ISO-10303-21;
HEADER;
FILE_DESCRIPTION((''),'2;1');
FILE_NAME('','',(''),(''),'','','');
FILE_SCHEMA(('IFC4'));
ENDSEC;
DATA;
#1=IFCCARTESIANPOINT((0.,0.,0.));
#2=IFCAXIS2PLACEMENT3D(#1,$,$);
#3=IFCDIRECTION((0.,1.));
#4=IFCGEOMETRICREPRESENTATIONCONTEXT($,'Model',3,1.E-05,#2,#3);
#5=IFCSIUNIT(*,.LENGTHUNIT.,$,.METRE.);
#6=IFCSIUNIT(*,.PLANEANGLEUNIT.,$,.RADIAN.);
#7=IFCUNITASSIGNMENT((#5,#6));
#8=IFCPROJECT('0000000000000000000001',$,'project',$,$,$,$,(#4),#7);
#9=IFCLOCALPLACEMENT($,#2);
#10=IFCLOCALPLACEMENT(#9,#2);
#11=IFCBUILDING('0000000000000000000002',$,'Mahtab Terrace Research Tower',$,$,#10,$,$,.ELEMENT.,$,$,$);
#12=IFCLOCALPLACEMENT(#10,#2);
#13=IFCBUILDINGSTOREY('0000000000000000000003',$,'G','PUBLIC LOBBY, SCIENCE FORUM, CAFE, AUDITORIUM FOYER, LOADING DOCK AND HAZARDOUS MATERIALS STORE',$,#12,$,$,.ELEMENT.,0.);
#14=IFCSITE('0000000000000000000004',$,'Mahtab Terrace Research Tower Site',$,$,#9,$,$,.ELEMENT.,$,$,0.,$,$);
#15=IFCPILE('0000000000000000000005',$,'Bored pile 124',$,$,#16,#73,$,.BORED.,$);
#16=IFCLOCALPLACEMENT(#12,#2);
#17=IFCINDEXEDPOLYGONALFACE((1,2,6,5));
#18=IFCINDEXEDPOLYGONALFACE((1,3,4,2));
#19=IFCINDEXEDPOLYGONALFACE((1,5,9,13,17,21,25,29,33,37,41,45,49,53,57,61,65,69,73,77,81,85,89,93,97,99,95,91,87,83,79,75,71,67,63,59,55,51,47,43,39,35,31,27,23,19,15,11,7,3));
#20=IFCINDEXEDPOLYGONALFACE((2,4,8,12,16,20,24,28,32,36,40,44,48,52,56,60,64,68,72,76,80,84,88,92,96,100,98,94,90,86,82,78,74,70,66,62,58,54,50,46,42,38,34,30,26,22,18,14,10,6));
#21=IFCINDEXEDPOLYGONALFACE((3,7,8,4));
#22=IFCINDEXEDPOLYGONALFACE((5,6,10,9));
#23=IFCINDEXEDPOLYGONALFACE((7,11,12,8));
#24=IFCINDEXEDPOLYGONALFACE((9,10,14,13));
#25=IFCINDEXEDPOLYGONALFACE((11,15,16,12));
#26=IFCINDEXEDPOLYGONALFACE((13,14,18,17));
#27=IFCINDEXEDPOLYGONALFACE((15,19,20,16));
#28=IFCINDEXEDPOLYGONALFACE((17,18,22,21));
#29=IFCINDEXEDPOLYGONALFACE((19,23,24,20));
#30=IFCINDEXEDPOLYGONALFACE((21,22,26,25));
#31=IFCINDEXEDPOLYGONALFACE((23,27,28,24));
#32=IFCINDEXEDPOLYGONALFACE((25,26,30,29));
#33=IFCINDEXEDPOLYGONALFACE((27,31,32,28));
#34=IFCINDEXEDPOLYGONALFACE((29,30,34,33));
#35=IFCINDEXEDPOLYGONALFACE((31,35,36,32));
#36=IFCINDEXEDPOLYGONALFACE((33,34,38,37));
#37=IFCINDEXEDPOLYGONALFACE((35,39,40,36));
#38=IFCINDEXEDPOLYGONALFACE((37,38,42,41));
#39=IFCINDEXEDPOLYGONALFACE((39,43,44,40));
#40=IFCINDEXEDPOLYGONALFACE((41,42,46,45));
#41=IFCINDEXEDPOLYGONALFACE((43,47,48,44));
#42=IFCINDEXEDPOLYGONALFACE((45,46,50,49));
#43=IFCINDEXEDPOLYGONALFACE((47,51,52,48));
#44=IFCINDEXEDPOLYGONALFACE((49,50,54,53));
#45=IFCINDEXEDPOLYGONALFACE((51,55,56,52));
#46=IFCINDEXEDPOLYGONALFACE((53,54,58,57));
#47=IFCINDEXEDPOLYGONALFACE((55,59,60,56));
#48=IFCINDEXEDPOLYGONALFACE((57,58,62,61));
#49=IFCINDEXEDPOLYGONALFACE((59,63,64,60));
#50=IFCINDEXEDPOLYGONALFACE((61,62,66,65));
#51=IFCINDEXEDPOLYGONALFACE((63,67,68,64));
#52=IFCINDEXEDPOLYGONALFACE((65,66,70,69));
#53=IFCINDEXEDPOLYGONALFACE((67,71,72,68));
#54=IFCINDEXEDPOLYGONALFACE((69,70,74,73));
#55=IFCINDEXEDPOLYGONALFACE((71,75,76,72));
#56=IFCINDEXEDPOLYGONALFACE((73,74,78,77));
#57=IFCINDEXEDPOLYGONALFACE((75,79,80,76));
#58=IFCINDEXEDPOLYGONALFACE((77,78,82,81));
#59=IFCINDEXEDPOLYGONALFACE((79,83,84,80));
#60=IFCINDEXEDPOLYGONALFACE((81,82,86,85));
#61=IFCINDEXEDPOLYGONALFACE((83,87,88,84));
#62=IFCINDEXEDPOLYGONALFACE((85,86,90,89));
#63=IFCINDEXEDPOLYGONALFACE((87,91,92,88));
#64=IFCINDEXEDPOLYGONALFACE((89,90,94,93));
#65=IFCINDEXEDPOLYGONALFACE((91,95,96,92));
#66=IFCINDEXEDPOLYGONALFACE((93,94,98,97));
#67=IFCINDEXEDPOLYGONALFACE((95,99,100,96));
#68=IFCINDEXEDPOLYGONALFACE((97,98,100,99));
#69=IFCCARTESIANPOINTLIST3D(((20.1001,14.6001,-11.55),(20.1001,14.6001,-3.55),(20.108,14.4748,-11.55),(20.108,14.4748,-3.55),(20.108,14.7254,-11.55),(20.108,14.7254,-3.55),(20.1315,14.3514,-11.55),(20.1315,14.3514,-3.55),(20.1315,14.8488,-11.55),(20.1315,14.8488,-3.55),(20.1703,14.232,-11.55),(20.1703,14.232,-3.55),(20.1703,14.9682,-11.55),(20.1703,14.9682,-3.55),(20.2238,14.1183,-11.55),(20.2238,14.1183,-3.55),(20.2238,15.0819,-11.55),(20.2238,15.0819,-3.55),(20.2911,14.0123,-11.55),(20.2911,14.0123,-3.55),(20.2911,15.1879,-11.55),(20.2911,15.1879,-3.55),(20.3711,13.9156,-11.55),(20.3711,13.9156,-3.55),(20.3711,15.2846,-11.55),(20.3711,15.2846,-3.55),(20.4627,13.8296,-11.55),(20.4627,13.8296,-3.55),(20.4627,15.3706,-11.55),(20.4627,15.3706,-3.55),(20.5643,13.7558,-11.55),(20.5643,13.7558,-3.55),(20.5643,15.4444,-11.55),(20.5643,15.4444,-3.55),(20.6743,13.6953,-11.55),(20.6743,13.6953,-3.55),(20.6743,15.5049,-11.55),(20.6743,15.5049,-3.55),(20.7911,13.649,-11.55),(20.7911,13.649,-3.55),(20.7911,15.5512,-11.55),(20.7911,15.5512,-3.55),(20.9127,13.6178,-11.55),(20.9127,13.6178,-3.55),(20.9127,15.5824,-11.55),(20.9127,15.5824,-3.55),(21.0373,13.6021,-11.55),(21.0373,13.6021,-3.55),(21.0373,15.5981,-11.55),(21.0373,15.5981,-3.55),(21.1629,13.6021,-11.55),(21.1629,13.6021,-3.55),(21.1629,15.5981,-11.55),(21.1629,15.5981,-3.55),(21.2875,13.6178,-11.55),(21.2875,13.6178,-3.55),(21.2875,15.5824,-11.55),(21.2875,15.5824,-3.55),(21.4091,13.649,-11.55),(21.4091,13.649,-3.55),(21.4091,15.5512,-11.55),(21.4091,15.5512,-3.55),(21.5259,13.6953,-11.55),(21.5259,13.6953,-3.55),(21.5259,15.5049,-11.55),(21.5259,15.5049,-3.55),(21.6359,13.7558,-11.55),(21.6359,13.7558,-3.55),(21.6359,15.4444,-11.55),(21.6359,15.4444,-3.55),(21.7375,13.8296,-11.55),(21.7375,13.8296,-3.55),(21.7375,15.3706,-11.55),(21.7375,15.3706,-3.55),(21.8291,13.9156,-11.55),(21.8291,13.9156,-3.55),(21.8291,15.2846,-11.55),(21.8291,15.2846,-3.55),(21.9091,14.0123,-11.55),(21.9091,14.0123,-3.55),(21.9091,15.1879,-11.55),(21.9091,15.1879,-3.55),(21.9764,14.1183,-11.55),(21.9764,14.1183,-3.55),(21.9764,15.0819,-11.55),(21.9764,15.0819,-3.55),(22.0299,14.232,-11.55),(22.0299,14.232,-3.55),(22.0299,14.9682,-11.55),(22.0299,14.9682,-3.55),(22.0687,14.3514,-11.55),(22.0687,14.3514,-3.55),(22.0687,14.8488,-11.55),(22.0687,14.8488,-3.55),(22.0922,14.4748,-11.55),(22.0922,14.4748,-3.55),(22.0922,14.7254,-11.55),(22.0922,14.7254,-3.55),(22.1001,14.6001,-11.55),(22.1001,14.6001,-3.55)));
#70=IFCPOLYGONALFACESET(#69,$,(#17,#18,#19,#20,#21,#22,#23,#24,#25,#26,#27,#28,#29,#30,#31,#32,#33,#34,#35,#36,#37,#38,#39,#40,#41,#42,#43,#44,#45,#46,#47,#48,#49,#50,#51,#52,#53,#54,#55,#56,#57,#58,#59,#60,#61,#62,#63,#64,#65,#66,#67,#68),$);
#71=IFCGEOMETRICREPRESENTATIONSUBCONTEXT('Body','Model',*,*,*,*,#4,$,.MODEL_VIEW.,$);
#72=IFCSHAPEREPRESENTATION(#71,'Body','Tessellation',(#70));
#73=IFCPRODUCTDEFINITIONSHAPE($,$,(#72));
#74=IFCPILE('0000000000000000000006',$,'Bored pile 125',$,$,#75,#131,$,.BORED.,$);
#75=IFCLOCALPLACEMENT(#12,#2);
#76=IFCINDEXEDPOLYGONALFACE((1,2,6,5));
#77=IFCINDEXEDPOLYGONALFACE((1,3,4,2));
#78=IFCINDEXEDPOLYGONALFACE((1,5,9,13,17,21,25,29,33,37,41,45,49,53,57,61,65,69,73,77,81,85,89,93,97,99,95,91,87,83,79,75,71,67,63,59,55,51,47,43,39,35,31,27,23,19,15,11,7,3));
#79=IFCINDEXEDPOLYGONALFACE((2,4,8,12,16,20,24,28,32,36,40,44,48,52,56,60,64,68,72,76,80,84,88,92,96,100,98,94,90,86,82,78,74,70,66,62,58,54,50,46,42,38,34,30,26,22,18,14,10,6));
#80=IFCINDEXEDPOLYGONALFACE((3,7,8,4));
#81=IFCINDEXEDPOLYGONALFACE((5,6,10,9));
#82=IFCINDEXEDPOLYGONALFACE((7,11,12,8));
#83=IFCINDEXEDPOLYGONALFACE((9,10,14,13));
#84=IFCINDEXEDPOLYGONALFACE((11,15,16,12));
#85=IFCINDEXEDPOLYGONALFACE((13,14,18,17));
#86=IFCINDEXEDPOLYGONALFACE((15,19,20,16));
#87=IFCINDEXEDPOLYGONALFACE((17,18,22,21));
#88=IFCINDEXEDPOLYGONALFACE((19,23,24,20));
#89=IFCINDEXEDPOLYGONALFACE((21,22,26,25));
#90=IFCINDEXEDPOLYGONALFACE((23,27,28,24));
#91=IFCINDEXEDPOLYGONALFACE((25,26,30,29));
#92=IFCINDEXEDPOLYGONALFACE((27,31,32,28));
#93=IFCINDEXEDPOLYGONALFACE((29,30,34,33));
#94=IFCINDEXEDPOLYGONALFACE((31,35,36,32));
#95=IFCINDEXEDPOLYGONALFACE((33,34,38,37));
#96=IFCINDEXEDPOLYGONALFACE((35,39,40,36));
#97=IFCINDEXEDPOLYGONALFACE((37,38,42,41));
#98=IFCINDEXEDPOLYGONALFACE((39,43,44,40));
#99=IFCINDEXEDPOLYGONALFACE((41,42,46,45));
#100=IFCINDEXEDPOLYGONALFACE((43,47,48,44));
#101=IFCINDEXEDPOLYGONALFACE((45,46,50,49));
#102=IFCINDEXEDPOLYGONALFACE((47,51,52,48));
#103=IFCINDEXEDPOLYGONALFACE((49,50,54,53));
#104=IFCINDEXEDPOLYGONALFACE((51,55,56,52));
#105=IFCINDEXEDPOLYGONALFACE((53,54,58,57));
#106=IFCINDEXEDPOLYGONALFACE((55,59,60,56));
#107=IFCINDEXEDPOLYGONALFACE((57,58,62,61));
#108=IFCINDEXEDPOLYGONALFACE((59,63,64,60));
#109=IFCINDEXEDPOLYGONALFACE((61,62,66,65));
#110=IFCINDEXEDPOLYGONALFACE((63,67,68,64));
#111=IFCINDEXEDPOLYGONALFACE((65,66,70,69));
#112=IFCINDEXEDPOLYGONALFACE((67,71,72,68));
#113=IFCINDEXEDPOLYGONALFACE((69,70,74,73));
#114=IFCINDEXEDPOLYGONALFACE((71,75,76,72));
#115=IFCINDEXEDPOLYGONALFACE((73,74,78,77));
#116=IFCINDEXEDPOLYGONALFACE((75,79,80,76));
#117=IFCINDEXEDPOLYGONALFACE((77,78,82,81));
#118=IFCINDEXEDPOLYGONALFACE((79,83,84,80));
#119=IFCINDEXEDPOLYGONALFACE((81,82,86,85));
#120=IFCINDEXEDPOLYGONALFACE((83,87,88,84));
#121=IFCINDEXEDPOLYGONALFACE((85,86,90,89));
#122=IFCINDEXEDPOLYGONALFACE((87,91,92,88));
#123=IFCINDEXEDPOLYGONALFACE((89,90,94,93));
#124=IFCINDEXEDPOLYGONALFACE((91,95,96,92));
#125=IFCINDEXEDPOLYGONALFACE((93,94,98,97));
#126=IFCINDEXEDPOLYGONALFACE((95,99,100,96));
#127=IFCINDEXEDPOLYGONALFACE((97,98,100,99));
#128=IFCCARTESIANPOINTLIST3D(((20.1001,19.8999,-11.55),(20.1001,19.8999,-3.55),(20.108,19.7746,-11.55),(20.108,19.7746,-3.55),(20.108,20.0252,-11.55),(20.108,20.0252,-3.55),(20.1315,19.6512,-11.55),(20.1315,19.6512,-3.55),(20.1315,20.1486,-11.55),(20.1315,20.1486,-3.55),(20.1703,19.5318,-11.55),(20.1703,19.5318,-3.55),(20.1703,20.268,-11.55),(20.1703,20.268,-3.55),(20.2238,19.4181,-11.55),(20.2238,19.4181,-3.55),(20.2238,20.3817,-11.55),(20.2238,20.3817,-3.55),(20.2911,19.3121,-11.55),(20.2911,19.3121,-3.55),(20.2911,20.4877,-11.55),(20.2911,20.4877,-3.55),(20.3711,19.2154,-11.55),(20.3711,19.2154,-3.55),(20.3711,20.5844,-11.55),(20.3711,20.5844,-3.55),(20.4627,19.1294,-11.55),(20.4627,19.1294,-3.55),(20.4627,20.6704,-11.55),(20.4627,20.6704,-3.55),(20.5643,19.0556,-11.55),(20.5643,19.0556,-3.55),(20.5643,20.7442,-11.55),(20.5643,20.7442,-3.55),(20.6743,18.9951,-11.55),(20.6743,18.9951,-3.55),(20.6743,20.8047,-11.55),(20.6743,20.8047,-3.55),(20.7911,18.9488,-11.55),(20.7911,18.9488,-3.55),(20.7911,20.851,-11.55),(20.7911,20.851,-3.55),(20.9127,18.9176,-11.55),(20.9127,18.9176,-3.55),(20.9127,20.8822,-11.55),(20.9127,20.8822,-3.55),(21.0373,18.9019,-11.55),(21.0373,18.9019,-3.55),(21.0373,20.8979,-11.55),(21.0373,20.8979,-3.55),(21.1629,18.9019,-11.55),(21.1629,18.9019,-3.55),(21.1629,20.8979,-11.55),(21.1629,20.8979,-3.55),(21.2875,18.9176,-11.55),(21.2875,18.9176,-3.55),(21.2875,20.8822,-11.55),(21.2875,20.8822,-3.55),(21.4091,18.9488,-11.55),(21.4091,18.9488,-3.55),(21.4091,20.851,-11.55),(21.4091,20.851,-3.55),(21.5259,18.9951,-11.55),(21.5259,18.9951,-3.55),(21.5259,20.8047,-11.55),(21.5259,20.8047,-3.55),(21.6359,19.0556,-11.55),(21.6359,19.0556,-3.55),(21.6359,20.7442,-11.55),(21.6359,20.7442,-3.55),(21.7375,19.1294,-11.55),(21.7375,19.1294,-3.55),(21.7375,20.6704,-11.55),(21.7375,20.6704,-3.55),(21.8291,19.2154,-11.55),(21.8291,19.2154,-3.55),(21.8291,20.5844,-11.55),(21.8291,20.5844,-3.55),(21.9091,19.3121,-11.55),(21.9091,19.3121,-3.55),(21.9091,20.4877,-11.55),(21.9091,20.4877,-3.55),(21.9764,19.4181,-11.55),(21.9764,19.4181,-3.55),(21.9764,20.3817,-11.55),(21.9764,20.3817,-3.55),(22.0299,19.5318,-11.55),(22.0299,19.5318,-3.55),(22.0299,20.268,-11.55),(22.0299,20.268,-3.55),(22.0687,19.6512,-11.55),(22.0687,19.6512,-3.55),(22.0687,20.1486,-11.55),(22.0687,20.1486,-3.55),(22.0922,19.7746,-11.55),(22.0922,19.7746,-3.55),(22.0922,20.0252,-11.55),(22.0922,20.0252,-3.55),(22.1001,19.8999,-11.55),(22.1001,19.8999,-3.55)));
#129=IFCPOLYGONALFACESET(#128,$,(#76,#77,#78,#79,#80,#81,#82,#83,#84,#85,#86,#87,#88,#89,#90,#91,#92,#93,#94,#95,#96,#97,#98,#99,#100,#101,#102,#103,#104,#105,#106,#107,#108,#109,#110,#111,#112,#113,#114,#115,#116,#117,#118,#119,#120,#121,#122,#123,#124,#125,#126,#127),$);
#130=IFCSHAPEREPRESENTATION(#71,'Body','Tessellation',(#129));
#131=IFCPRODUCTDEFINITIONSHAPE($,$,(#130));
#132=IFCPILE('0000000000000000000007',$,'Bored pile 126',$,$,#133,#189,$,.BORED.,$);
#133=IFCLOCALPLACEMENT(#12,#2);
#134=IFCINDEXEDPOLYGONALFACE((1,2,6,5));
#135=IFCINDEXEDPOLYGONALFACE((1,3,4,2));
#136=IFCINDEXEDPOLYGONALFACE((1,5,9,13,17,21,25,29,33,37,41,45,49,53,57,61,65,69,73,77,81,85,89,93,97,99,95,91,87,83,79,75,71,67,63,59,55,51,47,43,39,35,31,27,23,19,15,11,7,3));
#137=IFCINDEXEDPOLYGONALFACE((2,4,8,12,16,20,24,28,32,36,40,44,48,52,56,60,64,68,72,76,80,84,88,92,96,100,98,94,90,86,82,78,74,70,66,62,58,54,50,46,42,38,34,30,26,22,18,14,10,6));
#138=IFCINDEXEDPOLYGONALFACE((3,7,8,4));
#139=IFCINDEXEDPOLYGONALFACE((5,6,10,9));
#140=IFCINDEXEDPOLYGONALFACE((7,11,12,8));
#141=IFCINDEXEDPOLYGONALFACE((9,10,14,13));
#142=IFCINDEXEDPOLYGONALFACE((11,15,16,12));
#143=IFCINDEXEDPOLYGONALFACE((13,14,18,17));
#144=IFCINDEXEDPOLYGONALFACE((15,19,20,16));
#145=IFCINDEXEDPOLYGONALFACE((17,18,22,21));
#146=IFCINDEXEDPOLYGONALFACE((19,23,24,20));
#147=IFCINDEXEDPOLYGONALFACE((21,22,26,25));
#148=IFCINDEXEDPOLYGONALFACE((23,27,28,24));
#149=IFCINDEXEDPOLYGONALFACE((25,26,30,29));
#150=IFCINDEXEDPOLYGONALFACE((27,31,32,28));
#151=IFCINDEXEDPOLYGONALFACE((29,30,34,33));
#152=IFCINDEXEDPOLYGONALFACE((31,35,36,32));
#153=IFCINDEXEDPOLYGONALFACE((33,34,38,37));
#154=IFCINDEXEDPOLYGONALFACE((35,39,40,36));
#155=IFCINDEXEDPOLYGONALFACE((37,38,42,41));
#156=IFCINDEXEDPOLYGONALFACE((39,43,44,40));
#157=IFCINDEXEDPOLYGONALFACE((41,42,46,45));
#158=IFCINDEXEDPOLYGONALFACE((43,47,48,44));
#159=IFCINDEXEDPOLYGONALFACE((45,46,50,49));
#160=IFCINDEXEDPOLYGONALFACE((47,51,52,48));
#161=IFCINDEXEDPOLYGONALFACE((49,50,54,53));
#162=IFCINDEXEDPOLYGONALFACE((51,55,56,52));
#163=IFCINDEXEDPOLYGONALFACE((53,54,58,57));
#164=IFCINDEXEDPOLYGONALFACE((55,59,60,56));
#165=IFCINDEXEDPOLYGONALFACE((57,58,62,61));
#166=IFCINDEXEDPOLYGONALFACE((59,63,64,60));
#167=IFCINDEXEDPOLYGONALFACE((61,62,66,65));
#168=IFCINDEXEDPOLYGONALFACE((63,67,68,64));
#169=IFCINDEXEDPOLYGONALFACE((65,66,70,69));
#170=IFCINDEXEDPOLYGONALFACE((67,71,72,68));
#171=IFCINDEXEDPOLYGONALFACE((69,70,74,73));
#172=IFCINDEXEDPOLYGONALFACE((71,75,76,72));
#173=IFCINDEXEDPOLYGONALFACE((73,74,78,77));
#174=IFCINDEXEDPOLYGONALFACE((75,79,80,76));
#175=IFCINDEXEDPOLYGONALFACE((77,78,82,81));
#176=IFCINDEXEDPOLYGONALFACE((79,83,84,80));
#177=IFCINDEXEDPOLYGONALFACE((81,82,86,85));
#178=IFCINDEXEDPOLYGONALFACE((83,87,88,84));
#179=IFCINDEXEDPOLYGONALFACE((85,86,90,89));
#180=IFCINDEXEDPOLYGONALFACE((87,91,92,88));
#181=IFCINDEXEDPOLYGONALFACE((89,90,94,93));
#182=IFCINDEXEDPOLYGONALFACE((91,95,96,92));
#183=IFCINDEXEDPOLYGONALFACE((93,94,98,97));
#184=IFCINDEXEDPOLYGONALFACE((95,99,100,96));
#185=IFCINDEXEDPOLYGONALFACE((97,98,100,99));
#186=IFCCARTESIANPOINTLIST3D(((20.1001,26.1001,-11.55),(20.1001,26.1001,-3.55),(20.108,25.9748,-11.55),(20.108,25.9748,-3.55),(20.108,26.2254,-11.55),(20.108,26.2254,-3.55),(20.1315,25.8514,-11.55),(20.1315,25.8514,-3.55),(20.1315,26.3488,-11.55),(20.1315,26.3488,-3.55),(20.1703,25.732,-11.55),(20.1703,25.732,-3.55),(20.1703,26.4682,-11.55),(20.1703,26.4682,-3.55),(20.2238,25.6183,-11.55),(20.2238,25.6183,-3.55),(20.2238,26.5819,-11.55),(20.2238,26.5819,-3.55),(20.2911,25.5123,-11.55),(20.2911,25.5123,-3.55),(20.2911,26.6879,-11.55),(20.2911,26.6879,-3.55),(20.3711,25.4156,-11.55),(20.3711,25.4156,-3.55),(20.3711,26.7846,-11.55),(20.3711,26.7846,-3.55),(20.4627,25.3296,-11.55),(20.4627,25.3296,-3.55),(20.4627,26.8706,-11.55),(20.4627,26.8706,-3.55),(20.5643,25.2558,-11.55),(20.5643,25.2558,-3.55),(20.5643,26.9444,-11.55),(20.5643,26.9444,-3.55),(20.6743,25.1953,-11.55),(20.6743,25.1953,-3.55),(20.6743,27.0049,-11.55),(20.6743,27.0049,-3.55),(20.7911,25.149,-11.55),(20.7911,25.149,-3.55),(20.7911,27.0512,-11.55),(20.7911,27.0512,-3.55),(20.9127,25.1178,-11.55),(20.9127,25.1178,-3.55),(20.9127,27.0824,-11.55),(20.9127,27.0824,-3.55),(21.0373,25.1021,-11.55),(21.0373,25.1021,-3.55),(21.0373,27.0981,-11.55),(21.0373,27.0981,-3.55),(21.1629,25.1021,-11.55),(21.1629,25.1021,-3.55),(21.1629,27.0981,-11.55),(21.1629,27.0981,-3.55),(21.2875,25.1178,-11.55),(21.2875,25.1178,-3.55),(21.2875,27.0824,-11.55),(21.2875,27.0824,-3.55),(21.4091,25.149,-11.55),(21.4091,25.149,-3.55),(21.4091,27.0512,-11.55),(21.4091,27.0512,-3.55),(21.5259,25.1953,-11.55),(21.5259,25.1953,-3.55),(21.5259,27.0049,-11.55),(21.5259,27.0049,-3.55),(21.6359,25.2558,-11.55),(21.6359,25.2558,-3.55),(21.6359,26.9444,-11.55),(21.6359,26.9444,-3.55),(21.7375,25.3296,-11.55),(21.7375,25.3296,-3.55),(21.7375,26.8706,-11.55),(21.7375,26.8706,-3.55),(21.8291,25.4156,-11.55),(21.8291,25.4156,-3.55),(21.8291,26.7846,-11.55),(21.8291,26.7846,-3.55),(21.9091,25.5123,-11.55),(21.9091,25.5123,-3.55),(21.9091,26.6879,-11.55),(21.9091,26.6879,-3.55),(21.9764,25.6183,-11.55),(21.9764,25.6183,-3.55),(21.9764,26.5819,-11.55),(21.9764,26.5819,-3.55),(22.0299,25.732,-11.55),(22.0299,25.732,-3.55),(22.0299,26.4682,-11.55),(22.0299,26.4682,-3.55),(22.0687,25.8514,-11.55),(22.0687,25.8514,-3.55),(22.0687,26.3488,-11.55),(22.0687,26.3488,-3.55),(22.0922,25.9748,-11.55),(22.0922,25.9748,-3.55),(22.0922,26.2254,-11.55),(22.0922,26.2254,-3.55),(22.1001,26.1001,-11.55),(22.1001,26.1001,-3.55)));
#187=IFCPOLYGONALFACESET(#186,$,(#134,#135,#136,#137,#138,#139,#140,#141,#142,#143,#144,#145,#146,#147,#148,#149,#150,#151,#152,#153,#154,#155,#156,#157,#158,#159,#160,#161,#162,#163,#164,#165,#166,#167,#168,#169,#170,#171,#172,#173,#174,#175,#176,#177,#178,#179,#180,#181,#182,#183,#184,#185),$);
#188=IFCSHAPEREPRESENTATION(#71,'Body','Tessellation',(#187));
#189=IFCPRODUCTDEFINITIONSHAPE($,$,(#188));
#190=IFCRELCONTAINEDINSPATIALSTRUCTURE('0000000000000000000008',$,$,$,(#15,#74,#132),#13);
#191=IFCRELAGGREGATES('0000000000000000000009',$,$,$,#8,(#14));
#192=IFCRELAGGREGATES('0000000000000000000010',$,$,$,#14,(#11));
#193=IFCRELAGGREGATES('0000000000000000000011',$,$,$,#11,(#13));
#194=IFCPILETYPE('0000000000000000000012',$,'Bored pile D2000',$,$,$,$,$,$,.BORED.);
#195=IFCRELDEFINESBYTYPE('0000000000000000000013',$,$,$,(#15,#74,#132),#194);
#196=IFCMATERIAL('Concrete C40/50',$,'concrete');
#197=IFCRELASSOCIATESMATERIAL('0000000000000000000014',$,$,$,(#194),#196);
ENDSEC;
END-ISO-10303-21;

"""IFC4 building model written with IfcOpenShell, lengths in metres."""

from ifc_helpers import new_model, si_unit, direction, frame, origin, origin_2d, place, context, subcontext, project, spatial, circle, extrude, material, material_profile, profile_set, type_object, element, save


model = new_model("IFC4")

# Units and contexts
model_context = context("Model", 3, precision=1e-05, world=origin(), true_north=direction((0.0, 1.0)))
body_context = subcontext(model_context, "Body", "Model", "MODEL_VIEW")
ifc_project = project(units=[si_unit("LENGTHUNIT", "METRE"), si_unit("PLANEANGLEUNIT", "RADIAN")], contexts=[model_context])

# Site, building, storey
site_placement = place(None, origin())
site = spatial("IfcSite", under=ifc_project, at=site_placement, Name="Mahtab Terrace Research Tower Site", CompositionType="ELEMENT", RefElevation=0.0)
building_placement = place(site_placement, origin())
building = spatial("IfcBuilding", under=site, at=building_placement, Name="Mahtab Terrace Research Tower", CompositionType="ELEMENT")
storey_placement = place(building_placement, origin())
storey = spatial("IfcBuildingStorey", under=building, at=storey_placement, Name="G", Description="PUBLIC LOBBY, SCIENCE FORUM, CAFE, AUDITORIUM FOYER, LOADING DOCK AND HAZARDOUS MATERIALS STORE", CompositionType="ELEMENT", Elevation=0.0)

# Piles
ifc_material_1 = material(Name="Concrete C40/50", Category="concrete")
ifc_material_profile_1 = material_profile(ifc_material_1, circle(Radius=1.0, at=origin_2d()), Name="Bored pile D2000")
ifc_profile_set_1 = profile_set([ifc_material_profile_1], Name="Concrete C40/50")
pile_type_1 = type_object("IfcPileType", Name="Bored pile D2000", PredefinedType="BORED", material=ifc_profile_set_1)
for number, where, z_axis, x_axis, name in (
    (1, (21.1001, 14.6001, -3.55), (0.0, 0.0, -1.0), (1.0, 0.0, 0.0), "Bored pile 124"),
    (2, (21.1001, 19.8999, -3.55), (0.0, 0.0, -1.0), (1.0, 0.0, 0.0), "Bored pile 125"),
    (3, (21.1001, 26.1001, -3.55), (0.0, 0.0, -1.0), (1.0, 0.0, 0.0), "Bored pile 126"),
):
    element("IfcPile", number, at=place(storey_placement, frame(where, z_axis=z_axis, x_axis=x_axis)), inside=storey, type_object=pile_type_1, Name=name, PredefinedType="BORED", context=body_context, shape_type="SweptSolid", body=[
        extrude(circle(Radius=1.0, at=origin_2d()), origin(), (0.0, 0.0, 1.0), 8.0),
    ])

save(model, "model.ifc")
